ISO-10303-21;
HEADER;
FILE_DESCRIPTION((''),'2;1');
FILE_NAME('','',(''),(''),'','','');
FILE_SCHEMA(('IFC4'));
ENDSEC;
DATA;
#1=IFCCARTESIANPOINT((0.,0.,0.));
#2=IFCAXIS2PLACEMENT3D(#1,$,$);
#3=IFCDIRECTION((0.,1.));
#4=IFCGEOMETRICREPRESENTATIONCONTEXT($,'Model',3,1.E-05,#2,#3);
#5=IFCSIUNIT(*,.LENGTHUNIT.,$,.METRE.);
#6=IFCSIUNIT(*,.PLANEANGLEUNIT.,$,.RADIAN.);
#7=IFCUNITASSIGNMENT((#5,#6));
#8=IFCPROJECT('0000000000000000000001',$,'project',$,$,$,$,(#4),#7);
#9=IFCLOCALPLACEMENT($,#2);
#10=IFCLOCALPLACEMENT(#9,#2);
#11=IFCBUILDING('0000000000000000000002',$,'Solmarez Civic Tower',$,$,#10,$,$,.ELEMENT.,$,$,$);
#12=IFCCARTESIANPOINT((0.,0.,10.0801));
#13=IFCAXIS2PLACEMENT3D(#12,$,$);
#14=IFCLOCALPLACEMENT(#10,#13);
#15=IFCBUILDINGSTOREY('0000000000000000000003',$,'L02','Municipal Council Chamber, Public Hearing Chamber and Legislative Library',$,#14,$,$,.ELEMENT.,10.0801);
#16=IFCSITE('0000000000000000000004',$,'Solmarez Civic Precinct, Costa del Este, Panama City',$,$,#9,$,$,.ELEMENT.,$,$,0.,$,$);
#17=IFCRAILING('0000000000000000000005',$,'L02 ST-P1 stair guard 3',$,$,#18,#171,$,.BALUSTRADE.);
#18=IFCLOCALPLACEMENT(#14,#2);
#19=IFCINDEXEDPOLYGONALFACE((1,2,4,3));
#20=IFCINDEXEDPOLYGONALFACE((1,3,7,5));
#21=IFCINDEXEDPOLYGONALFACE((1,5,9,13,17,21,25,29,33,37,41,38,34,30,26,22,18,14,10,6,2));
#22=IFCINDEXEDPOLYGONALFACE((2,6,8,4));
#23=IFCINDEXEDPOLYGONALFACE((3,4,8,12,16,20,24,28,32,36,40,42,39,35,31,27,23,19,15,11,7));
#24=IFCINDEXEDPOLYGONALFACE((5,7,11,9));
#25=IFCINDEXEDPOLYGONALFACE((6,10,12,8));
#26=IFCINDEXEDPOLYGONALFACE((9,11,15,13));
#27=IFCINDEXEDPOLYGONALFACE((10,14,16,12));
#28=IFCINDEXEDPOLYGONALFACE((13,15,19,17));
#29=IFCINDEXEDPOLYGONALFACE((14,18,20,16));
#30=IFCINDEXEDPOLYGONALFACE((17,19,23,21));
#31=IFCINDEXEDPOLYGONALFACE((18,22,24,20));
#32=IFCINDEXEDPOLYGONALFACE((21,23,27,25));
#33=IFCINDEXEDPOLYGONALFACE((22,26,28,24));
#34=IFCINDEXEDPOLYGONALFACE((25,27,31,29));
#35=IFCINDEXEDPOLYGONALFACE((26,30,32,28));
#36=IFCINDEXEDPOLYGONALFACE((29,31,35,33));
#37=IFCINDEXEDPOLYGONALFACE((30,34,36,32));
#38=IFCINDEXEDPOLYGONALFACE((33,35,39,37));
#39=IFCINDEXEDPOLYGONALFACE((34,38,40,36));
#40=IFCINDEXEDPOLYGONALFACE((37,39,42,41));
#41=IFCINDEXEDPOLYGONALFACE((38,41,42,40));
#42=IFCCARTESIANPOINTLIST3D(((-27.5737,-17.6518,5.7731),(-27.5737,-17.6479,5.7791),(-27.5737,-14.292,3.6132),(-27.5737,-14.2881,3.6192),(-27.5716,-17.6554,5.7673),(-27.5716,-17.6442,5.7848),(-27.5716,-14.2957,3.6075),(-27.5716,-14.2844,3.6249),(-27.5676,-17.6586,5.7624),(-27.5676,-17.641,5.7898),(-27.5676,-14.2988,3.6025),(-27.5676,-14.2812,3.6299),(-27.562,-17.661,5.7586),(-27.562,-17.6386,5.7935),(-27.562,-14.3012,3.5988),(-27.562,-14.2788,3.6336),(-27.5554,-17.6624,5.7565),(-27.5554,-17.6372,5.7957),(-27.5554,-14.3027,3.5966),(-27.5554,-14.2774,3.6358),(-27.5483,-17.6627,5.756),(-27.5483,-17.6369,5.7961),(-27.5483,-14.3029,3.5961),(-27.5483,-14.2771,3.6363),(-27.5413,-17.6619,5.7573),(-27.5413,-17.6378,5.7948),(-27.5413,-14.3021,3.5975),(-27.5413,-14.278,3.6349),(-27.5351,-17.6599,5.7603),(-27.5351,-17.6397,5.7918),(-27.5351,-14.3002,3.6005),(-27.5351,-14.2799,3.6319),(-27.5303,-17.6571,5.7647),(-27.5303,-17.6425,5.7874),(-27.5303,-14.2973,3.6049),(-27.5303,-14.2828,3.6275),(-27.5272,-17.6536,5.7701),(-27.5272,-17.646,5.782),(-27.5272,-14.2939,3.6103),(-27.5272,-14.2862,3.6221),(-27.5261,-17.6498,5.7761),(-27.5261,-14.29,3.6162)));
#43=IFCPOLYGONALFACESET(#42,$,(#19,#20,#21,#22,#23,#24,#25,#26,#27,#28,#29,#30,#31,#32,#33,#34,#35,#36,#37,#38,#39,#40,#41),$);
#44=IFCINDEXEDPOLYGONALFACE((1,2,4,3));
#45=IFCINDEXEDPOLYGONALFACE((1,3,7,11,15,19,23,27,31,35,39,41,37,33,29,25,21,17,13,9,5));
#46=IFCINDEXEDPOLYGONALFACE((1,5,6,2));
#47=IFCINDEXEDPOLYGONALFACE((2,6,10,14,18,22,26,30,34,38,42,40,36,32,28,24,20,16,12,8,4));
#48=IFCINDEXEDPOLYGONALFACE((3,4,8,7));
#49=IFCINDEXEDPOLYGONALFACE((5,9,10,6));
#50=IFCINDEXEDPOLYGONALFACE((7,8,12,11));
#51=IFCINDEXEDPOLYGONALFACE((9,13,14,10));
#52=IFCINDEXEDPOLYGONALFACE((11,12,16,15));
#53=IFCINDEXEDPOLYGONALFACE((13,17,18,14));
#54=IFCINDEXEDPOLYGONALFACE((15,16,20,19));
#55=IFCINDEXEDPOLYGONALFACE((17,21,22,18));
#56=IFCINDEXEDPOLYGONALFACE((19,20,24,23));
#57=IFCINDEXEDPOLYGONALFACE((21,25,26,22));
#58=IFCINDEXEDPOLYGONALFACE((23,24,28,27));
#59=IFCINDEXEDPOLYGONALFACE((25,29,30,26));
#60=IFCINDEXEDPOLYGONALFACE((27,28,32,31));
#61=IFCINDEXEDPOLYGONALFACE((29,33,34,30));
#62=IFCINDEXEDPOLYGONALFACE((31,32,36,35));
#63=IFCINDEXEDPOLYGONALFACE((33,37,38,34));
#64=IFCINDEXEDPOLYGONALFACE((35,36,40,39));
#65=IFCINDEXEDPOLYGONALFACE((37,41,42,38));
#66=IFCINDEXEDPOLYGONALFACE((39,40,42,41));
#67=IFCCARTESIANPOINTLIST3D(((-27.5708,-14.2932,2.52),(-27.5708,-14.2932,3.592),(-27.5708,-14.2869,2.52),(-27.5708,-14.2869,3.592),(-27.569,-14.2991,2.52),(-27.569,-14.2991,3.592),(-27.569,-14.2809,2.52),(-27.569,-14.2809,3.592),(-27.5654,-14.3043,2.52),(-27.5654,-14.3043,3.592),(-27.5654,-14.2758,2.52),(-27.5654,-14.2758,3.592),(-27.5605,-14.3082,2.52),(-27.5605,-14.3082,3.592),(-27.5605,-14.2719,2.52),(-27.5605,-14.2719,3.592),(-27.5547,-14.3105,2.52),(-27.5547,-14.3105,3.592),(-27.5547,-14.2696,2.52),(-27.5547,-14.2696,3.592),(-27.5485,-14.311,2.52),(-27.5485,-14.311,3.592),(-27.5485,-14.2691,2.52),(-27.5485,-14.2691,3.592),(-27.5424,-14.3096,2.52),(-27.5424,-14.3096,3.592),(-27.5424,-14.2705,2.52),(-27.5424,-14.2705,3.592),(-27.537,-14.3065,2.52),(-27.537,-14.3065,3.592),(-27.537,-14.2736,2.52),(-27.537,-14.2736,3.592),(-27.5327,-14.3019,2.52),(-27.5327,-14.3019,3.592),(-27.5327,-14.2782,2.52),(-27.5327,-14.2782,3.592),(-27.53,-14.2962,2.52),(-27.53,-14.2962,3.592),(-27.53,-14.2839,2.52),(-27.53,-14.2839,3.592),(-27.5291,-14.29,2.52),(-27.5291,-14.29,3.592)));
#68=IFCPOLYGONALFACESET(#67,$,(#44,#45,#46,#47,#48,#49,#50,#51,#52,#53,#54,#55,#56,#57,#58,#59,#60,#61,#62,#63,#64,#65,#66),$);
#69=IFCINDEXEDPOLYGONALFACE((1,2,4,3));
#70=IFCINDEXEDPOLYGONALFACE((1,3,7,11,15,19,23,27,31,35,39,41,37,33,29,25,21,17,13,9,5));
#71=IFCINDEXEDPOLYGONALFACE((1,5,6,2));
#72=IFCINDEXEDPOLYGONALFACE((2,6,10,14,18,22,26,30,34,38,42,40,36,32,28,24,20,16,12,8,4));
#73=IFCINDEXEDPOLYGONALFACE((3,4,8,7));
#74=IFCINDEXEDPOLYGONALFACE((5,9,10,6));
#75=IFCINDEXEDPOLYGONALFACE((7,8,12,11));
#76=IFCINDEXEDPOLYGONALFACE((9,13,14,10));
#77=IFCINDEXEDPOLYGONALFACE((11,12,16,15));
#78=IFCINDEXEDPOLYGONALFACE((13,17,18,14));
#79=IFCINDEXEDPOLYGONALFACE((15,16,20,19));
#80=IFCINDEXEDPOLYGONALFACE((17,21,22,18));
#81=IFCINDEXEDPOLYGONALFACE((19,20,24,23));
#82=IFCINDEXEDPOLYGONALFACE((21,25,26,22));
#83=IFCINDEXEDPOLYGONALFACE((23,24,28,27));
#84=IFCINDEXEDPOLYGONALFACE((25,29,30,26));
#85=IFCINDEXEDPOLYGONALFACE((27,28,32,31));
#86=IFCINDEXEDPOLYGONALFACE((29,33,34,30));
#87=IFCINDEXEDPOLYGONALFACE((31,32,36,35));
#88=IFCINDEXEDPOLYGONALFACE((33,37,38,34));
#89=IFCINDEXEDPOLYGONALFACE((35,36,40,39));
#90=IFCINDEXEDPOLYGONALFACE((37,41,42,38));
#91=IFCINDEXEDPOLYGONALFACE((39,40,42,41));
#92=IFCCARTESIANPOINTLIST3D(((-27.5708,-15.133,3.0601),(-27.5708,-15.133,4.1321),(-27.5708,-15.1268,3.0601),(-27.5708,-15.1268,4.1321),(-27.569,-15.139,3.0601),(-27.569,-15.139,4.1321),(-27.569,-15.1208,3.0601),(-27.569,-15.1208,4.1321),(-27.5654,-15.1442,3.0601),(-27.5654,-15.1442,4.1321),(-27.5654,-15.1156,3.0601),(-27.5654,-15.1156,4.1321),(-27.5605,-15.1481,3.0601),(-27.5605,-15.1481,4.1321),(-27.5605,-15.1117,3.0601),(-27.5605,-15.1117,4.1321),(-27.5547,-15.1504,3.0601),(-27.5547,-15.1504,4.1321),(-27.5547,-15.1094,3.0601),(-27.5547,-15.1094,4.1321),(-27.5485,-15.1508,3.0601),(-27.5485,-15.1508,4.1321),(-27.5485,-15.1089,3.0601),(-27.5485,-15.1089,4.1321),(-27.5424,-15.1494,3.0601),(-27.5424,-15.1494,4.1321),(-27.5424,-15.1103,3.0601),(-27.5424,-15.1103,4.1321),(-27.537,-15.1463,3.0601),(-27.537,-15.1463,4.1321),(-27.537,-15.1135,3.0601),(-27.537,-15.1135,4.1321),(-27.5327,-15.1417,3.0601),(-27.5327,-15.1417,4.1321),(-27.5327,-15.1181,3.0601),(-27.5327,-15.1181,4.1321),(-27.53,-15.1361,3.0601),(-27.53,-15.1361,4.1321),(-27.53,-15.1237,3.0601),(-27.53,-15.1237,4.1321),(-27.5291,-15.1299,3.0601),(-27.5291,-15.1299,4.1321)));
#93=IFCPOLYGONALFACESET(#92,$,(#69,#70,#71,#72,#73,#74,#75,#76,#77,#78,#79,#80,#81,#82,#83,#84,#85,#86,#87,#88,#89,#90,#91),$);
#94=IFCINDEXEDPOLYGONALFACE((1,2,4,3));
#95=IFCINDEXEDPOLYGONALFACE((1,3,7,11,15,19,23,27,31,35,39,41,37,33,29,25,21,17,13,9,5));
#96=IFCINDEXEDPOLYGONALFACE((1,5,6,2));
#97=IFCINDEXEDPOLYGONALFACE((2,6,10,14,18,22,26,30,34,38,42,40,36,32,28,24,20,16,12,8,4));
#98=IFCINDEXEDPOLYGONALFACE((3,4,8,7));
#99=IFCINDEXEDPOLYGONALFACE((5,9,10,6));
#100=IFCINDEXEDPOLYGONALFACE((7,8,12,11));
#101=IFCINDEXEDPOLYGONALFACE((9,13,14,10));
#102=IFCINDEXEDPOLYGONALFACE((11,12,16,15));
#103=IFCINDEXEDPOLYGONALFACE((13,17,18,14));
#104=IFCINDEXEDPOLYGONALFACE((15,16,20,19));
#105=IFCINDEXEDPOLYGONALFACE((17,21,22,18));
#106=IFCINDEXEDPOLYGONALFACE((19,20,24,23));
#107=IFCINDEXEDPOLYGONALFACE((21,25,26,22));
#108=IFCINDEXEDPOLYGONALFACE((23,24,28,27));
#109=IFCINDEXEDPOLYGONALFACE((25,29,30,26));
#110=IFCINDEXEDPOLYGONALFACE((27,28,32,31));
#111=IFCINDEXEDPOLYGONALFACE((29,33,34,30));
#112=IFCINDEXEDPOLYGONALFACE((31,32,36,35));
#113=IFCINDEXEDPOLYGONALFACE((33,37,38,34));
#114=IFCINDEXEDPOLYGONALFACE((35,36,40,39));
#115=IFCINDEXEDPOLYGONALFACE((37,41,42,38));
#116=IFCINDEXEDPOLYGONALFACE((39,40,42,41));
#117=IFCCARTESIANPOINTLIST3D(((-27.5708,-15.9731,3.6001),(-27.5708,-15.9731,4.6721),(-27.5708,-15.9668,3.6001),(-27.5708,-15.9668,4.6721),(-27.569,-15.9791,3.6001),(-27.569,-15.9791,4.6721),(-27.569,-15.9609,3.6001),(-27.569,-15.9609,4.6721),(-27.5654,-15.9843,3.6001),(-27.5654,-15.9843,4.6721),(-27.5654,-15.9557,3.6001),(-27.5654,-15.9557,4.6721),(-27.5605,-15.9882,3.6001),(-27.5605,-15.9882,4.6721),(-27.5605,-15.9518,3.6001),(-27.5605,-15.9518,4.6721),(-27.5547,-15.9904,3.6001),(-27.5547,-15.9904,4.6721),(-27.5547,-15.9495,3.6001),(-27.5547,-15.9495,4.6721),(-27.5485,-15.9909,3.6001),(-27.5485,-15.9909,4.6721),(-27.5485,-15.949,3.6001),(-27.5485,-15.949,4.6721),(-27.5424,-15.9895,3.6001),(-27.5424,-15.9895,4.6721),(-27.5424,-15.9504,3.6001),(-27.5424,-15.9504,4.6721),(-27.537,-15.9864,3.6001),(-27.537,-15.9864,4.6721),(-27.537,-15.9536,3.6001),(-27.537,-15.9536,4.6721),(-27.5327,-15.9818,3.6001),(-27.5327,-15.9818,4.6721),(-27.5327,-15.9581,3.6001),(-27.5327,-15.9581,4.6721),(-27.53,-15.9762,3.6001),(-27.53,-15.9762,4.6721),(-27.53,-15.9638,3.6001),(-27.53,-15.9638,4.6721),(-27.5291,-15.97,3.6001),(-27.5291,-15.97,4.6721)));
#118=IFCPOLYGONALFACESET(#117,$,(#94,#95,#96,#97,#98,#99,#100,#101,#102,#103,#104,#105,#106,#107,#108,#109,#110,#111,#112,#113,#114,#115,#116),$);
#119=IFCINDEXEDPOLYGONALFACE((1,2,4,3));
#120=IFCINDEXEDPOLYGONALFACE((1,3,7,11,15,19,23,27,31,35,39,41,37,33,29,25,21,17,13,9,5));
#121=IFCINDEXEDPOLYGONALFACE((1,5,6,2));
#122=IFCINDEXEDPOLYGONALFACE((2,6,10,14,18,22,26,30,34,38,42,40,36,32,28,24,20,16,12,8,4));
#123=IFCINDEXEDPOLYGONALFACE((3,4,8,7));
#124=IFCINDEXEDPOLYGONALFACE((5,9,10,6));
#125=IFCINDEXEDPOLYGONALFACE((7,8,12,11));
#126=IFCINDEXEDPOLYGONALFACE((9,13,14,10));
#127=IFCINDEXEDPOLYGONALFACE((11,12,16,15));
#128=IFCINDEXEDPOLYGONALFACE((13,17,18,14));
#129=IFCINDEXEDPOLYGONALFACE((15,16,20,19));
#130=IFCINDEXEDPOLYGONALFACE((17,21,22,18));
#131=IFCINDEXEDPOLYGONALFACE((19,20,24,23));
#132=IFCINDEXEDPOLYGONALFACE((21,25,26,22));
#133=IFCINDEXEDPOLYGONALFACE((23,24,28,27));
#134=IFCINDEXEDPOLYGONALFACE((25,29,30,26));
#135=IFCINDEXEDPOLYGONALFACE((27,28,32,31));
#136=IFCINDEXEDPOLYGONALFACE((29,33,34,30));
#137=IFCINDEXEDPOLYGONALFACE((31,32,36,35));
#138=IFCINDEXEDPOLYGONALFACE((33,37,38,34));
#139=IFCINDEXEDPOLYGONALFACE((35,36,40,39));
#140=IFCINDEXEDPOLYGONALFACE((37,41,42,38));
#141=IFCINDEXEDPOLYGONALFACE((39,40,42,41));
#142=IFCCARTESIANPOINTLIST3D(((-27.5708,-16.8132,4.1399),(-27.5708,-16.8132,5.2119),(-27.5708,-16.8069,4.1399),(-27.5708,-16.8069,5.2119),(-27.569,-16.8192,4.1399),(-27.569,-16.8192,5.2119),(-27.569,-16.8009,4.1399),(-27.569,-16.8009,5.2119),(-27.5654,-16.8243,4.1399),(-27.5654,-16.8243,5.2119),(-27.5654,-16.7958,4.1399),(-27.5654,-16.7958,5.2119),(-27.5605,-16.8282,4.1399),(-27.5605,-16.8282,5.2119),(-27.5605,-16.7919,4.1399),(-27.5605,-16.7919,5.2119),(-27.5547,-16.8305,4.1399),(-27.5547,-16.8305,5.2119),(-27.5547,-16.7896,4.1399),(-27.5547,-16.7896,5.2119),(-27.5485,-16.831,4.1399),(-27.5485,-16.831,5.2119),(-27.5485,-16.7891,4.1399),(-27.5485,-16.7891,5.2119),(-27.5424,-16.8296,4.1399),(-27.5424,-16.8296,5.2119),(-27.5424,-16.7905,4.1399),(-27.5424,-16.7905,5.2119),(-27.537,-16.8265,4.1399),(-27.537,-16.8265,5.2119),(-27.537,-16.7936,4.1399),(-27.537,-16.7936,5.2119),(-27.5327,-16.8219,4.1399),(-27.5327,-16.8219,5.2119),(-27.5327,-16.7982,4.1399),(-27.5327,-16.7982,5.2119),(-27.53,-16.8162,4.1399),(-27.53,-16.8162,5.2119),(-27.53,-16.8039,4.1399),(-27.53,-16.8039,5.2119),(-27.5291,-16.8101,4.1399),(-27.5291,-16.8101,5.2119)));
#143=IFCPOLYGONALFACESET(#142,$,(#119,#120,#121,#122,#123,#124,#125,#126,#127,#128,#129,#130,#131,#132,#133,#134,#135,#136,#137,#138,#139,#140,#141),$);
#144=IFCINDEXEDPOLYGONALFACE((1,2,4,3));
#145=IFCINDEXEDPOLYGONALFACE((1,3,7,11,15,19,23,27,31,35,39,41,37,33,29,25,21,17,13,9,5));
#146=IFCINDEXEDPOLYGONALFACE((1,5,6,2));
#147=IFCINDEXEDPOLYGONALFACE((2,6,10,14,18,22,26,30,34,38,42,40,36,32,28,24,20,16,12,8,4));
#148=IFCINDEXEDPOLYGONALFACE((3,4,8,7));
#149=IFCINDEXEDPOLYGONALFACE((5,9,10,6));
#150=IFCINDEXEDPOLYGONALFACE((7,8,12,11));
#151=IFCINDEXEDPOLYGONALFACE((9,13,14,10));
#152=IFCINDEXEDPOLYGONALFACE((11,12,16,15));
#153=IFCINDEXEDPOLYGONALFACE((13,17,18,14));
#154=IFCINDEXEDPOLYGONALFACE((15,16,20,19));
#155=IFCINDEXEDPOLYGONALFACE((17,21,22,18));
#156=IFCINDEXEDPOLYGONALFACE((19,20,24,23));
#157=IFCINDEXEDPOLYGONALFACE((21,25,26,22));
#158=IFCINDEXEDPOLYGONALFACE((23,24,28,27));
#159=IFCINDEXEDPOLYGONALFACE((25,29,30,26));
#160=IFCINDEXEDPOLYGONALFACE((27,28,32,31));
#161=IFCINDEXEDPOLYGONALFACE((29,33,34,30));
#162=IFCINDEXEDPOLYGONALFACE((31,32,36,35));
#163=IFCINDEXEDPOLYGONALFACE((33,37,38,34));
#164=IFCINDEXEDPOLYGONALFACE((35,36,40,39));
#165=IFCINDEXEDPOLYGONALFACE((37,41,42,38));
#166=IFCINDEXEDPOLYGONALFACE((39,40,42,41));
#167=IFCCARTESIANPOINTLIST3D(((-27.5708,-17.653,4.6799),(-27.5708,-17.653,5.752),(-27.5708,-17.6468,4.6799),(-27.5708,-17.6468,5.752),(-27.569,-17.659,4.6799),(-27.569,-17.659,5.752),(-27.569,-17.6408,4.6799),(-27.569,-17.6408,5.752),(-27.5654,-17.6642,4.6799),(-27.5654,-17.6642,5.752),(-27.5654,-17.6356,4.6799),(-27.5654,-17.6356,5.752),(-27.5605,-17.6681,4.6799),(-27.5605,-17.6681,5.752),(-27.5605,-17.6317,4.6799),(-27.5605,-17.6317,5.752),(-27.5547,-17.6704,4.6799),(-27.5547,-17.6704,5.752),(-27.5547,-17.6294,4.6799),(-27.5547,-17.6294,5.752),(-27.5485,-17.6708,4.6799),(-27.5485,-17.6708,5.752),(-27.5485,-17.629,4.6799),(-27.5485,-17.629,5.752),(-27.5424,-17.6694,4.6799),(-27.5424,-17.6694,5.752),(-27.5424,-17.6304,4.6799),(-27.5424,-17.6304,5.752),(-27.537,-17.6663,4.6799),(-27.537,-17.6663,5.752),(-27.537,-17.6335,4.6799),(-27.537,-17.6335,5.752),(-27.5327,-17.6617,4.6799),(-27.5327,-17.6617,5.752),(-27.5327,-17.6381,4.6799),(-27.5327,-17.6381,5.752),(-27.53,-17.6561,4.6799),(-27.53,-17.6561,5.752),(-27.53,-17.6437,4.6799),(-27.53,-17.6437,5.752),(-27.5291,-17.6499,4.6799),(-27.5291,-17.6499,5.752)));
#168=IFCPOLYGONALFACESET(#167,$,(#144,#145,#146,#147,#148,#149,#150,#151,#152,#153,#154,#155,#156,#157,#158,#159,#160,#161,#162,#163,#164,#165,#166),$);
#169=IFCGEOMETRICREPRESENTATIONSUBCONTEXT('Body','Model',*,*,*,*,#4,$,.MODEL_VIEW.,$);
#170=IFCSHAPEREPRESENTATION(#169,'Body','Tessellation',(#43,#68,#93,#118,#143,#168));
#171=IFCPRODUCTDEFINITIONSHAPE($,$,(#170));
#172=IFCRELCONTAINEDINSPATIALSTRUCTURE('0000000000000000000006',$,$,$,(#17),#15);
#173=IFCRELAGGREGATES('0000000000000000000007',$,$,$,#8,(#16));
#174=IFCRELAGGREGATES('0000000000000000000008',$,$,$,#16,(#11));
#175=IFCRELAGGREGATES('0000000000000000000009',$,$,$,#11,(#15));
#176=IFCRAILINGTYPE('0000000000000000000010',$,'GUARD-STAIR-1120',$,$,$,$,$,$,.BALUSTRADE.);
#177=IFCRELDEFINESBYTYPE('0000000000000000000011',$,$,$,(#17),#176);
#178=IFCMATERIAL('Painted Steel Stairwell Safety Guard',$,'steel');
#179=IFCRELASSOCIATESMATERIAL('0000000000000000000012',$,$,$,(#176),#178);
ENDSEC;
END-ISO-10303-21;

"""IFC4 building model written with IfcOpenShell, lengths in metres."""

from ifc_helpers import new_model, si_unit, direction, frame, origin, origin_2d, place, context, subcontext, project, spatial, circle, extrude, material, type_object, element, save


model = new_model("IFC4")

# Units and contexts
model_context = context("Model", 3, precision=1e-05, world=origin(), true_north=direction((0.0, 1.0)))
body_context = subcontext(model_context, "Body", "Model", "MODEL_VIEW")
ifc_project = project(units=[si_unit("LENGTHUNIT", "METRE"), si_unit("PLANEANGLEUNIT", "RADIAN")], contexts=[model_context])

# Site, building, storey
site_placement = place(None, origin())
site = spatial("IfcSite", under=ifc_project, at=site_placement, Name="Solmarez Civic Precinct, Costa del Este, Panama City", CompositionType="ELEMENT", RefElevation=0.0)
building_placement = place(site_placement, origin())
building = spatial("IfcBuilding", under=site, at=building_placement, Name="Solmarez Civic Tower", CompositionType="ELEMENT")
storey_placement = place(building_placement, frame((0.0, 0.0, 10.0801)))
storey = spatial("IfcBuildingStorey", under=building, at=storey_placement, Name="L02", Description="Municipal Council Chamber, Public Hearing Chamber and Legislative Library", CompositionType="ELEMENT", Elevation=10.0801)

# Railing
ifc_material_1 = material(Name="Painted Steel Stairwell Safety Guard", Category="steel")
railing_type_1 = type_object("IfcRailingType", Name="GUARD-STAIR-1120", PredefinedType="BALUSTRADE", material=ifc_material_1)
railing_1_placement = place(storey_placement, frame((-27.55, -14.29, 2.52)))
element("IfcRailing", 1, at=railing_1_placement, inside=storey, type_object=railing_type_1, Name="L02 ST-P1 stair guard 3", PredefinedType="BALUSTRADE", context=body_context, shape_type="SweptSolid", body=[
    extrude(circle(Radius=0.0239, at=origin_2d()), frame((0.0, 0.0, 1.0962), z_axis=(0.0, -0.841178, 0.540758), x_axis=(1.0, 0.0, 0.0)), (0.0, 0.0, 1.0), 3.9941),
    extrude(circle(Radius=0.021, at=origin_2d()), origin(), (0.0, 0.0, 1.0), 1.072),
    extrude(circle(Radius=0.021, at=origin_2d()), frame((0.0, -0.8398, 0.54)), (0.0, 0.0, 1.0), 1.072),
    extrude(circle(Radius=0.021, at=origin_2d()), frame((0.0, -1.6799, 1.0801)), (0.0, 0.0, 1.0), 1.072),
    extrude(circle(Radius=0.021, at=origin_2d()), frame((0.0, -2.52, 1.6199)), (0.0, 0.0, 1.0), 1.072),
    extrude(circle(Radius=0.021, at=origin_2d()), frame((0.0, -3.3599, 2.1599)), (0.0, 0.0, 1.0), 1.072),
])

save(model, "model.ifc")
